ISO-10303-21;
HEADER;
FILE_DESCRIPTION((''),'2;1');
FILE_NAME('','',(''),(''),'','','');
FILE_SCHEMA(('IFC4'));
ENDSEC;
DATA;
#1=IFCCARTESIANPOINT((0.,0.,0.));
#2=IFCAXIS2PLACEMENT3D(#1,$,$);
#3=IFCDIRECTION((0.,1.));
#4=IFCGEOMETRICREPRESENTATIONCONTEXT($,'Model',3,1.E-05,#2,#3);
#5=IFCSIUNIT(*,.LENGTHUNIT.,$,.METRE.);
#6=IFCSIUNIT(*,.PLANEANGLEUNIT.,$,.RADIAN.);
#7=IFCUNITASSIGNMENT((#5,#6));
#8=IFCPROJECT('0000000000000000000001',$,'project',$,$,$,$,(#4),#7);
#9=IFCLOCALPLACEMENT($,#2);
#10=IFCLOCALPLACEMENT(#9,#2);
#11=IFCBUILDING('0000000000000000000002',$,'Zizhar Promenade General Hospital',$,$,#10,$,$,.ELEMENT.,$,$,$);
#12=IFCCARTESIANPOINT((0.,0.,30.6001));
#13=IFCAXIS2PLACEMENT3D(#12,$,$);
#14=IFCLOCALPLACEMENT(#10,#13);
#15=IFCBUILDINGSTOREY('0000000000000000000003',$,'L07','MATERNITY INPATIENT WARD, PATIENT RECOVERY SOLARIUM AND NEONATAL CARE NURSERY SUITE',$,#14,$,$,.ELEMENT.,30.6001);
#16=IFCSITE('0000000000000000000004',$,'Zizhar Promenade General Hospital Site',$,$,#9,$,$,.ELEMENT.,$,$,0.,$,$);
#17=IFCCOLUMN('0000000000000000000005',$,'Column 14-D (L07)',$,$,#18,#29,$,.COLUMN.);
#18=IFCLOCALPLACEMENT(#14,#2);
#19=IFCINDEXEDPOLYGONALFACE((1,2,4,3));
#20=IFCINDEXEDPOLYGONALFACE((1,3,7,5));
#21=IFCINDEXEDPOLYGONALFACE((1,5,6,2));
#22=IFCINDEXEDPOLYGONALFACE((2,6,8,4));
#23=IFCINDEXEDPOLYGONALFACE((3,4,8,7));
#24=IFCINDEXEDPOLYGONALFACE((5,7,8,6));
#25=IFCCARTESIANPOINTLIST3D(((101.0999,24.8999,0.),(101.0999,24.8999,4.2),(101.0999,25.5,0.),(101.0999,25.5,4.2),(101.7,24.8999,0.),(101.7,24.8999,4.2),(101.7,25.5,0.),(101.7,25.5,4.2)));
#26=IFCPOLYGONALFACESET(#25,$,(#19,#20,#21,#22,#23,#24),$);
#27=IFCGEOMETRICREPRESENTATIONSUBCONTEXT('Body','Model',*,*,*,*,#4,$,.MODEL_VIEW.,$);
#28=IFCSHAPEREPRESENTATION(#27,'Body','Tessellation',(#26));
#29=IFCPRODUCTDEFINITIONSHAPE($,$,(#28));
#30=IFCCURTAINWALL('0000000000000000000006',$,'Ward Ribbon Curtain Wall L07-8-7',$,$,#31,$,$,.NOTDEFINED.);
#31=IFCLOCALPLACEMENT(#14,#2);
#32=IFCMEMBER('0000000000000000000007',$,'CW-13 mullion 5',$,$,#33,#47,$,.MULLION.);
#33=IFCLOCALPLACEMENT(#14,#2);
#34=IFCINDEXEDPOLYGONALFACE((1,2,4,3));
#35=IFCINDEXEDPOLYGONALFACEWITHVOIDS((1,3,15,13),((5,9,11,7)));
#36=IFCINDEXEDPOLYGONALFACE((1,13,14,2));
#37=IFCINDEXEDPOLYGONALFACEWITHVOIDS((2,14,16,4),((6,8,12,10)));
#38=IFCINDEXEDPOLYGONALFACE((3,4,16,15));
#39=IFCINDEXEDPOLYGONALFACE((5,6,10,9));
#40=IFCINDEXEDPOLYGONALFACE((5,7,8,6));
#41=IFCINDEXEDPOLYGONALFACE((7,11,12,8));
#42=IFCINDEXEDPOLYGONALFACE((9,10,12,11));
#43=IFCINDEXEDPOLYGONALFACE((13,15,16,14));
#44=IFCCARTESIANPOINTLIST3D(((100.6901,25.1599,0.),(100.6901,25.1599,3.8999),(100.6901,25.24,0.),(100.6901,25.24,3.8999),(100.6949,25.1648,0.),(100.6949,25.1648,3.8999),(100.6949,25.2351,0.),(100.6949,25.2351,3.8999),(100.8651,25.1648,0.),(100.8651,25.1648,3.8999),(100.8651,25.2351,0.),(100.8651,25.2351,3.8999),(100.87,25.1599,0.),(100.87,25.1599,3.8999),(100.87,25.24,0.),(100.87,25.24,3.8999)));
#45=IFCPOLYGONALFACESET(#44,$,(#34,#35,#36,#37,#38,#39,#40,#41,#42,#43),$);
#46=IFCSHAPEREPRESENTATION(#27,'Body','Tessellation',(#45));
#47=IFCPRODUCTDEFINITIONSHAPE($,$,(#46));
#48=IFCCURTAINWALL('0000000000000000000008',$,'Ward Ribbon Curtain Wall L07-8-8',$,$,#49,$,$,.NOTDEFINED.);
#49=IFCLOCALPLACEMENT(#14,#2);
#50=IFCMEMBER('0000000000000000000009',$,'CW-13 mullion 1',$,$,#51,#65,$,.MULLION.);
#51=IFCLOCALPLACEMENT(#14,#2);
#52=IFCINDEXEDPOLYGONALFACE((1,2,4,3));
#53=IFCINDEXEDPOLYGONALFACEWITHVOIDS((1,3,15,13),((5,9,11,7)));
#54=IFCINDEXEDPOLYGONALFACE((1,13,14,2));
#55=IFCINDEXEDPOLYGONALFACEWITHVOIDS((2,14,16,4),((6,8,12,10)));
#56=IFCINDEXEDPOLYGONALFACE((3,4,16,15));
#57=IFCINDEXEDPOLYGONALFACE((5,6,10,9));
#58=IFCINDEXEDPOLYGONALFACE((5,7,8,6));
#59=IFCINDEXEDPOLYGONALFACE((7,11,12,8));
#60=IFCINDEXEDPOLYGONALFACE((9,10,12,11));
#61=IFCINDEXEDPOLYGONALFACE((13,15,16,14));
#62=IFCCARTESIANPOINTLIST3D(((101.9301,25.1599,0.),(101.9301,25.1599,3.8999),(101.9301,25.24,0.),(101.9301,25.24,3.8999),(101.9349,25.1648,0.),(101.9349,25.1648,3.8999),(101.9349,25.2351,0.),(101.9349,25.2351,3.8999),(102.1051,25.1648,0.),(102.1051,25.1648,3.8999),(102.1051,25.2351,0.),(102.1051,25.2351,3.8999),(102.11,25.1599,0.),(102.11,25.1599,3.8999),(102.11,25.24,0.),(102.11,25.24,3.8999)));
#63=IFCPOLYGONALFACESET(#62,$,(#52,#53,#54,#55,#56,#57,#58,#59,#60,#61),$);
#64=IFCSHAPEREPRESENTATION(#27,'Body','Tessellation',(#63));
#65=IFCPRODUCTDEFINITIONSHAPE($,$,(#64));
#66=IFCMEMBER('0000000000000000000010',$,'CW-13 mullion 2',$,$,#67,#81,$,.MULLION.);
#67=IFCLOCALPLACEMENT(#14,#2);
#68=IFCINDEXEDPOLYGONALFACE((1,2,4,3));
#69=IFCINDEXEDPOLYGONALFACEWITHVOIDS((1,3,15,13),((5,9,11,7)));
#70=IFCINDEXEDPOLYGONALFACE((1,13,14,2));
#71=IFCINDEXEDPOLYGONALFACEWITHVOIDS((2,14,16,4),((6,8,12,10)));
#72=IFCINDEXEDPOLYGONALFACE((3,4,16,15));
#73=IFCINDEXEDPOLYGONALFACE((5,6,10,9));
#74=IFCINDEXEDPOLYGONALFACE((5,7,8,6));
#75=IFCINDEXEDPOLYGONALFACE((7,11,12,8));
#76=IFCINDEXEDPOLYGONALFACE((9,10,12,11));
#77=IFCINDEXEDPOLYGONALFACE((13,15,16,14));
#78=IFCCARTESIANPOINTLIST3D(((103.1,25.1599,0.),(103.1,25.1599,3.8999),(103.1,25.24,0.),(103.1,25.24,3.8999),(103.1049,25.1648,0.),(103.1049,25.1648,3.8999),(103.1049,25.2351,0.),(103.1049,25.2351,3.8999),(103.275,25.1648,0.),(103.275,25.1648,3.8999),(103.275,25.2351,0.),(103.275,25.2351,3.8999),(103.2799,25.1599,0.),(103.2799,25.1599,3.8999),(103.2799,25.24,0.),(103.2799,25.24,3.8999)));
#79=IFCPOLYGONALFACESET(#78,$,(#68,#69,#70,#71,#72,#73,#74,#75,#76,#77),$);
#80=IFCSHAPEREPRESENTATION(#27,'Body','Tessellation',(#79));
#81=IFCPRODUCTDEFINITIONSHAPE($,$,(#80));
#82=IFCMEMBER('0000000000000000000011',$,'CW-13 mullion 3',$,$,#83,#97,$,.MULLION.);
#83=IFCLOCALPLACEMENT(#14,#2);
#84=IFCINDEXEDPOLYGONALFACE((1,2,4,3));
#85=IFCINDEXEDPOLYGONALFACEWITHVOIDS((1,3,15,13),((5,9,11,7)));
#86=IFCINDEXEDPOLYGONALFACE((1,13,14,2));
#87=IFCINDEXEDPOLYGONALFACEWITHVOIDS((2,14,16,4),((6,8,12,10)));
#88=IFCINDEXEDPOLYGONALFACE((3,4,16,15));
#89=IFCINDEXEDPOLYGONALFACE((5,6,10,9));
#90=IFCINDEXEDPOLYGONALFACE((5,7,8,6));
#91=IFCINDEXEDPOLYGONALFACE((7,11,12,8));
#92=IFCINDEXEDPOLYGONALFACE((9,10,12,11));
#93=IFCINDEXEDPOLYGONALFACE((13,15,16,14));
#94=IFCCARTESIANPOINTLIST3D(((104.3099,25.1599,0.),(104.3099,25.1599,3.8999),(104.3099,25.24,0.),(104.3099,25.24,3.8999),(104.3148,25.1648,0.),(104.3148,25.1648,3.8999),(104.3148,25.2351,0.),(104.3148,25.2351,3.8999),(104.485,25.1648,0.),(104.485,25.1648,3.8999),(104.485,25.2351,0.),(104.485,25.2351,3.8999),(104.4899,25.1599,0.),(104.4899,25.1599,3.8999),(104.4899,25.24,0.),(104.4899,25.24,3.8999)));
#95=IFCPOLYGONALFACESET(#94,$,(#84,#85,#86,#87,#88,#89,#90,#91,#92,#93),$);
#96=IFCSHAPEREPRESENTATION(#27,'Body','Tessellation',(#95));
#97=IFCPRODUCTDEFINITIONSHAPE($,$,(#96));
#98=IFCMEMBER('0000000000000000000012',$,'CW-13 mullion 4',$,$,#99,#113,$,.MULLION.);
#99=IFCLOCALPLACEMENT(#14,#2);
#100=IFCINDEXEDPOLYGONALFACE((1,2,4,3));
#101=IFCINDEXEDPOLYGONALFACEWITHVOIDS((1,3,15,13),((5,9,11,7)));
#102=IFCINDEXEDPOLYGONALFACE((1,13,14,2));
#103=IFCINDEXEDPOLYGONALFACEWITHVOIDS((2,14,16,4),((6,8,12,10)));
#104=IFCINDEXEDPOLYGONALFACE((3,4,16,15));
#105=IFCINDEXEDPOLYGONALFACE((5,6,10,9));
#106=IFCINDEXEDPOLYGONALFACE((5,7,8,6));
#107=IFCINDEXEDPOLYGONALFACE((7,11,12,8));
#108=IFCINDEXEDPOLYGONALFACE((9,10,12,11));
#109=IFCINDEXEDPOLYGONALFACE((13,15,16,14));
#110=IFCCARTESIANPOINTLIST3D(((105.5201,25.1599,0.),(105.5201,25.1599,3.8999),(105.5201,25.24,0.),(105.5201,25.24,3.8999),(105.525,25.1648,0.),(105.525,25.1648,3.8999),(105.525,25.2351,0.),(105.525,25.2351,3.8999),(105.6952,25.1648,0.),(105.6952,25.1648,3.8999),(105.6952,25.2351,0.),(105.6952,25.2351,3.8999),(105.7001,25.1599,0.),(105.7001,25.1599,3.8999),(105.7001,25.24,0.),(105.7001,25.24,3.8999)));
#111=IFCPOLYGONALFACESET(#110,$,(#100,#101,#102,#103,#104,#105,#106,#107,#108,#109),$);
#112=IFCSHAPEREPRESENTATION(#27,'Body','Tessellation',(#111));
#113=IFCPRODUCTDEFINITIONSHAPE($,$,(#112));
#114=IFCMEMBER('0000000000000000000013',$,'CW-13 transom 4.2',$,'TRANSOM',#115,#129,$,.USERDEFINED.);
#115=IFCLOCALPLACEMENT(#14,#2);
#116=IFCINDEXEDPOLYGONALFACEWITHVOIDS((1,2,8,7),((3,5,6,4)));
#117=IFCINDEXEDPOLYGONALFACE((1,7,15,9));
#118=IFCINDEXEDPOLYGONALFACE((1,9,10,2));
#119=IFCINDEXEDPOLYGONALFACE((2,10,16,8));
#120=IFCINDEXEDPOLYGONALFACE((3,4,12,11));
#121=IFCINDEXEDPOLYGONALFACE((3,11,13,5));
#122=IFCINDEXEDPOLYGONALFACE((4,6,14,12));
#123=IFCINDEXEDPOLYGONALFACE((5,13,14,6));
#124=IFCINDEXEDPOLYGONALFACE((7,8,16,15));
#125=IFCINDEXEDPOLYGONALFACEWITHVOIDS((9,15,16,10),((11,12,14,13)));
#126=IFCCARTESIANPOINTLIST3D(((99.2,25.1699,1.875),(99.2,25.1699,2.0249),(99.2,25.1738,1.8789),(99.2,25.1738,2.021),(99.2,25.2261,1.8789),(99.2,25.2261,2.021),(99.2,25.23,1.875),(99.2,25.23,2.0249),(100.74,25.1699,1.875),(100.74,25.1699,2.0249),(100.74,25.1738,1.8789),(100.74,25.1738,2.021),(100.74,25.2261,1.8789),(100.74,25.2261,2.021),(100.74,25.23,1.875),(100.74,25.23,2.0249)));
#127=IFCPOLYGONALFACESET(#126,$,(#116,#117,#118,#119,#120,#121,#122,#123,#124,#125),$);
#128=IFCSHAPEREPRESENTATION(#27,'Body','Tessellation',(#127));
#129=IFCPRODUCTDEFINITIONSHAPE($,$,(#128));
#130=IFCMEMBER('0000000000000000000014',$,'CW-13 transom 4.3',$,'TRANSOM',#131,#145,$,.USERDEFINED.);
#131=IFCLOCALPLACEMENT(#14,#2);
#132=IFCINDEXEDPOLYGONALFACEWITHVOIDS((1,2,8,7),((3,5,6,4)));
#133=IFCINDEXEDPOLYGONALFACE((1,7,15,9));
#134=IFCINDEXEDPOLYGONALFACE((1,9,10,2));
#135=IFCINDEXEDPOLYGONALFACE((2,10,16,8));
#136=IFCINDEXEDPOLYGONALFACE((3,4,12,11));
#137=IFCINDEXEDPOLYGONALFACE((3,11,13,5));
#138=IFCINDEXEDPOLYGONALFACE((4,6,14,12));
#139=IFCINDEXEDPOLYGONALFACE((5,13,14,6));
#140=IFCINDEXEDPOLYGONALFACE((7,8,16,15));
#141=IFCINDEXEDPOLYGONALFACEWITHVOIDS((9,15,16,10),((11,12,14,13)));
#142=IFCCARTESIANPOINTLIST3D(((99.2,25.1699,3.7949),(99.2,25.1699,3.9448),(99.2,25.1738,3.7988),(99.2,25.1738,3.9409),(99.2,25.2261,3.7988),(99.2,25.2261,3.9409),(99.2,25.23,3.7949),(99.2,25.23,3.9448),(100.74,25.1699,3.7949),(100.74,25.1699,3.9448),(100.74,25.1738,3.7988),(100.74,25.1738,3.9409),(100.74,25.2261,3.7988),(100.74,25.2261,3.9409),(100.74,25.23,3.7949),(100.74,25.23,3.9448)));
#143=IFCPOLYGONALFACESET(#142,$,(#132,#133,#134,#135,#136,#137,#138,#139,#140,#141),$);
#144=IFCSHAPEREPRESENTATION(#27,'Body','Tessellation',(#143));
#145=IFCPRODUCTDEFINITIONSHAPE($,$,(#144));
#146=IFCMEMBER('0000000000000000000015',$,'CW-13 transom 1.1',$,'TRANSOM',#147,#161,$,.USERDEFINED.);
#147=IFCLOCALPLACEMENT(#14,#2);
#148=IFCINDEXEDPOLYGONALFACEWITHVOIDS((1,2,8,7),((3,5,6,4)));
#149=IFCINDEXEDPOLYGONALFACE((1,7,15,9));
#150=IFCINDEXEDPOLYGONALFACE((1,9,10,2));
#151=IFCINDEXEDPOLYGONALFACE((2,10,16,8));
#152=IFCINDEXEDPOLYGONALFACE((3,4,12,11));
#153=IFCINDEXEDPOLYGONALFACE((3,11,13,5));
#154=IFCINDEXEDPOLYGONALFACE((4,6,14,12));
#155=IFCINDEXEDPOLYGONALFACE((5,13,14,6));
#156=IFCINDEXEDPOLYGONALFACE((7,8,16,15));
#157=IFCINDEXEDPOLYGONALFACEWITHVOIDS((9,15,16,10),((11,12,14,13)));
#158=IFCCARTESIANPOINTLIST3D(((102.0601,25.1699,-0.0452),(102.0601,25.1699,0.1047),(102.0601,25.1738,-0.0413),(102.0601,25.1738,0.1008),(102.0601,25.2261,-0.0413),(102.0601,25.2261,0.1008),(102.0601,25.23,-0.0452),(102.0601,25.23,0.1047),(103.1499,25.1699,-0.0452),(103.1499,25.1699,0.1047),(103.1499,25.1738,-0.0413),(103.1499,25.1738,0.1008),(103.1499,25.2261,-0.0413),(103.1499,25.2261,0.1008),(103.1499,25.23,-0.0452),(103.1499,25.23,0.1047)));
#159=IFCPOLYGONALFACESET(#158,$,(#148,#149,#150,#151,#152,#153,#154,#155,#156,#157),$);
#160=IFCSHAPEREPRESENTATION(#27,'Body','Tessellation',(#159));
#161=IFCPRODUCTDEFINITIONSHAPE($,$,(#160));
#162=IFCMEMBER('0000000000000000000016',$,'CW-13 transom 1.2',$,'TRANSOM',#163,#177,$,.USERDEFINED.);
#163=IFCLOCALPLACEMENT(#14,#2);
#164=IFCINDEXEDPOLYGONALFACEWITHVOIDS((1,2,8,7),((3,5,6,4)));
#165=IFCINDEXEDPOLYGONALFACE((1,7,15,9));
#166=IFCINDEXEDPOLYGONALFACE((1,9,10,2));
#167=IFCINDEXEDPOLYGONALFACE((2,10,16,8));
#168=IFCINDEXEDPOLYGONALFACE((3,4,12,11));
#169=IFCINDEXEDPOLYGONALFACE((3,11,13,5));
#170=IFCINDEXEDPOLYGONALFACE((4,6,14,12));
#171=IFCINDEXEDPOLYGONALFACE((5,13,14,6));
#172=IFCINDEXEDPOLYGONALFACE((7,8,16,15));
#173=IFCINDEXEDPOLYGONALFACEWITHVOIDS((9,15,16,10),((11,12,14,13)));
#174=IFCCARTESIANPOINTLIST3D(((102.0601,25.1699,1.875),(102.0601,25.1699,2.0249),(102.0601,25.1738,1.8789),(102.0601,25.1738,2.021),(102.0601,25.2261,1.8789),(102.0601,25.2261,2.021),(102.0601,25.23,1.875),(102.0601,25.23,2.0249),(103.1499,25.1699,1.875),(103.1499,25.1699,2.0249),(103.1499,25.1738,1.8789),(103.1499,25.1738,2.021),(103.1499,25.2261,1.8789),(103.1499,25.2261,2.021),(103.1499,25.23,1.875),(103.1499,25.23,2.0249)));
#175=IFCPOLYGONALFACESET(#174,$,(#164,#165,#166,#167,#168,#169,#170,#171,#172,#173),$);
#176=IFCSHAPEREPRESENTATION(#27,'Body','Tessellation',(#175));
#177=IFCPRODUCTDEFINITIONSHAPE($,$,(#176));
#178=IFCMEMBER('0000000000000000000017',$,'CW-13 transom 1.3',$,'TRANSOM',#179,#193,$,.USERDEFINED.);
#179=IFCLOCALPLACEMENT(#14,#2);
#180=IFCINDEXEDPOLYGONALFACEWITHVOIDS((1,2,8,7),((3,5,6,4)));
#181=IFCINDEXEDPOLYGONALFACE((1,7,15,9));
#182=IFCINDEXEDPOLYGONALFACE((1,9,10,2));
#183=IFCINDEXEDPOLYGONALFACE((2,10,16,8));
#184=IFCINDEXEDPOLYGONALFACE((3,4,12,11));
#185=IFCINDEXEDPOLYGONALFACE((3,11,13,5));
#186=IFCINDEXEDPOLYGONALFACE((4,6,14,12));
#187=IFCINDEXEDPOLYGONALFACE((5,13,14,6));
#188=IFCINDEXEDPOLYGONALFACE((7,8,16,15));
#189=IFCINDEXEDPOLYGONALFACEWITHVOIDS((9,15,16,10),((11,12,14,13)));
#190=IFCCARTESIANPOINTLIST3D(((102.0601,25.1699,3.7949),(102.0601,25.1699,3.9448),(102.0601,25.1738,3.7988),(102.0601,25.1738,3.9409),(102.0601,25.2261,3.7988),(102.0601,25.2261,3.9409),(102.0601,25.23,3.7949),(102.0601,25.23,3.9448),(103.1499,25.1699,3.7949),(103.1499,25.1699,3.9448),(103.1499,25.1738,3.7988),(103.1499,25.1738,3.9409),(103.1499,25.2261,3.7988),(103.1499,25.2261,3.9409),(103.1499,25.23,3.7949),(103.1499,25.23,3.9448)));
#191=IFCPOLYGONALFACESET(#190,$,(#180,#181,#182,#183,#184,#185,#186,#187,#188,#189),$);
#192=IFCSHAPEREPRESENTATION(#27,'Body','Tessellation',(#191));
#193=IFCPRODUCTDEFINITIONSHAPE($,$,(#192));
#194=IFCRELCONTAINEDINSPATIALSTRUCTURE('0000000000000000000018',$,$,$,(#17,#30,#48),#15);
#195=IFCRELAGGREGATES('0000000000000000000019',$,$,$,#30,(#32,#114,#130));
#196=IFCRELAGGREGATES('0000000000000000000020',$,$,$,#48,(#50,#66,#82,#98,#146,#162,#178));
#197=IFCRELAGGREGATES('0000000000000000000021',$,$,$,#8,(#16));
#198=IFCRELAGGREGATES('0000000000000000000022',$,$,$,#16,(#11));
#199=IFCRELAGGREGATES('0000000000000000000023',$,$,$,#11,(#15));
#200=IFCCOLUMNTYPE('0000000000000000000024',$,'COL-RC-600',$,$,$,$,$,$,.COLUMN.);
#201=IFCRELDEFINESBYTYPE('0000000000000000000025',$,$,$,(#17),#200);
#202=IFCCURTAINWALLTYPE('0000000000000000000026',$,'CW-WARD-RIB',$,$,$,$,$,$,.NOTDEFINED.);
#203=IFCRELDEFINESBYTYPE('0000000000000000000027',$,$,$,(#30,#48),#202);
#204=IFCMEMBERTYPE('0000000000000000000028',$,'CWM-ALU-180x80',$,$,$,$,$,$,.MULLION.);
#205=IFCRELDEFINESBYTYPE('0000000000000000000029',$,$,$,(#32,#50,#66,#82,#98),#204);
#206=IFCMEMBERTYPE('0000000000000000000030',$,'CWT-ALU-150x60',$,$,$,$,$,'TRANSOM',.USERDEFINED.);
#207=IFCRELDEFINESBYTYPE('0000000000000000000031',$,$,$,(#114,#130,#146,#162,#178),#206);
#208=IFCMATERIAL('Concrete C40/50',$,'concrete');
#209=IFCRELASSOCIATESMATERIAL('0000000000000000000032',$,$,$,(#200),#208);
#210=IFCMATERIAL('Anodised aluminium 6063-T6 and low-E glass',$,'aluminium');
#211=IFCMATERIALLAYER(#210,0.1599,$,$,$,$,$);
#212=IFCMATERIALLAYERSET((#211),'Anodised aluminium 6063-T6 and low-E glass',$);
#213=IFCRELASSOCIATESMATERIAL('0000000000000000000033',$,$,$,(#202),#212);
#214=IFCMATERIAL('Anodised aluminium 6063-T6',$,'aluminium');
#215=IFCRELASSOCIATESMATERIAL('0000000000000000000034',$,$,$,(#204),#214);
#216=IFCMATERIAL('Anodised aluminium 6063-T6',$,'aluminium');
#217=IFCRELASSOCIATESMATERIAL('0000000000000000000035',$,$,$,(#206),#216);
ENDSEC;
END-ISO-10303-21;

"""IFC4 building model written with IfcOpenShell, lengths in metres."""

from ifc_helpers import new_model, si_unit, direction, frame, origin, origin_2d, place, context, subcontext, project, spatial, rectangle, hollow_rectangle, extrude, material, layer, layer_set, material_profile, profile_set, type_object, element, aggregate, save


model = new_model("IFC4")

# Units and contexts
model_context = context("Model", 3, precision=1e-05, world=origin(), true_north=direction((0.0, 1.0)))
body_context = subcontext(model_context, "Body", "Model", "MODEL_VIEW")
ifc_project = project(units=[si_unit("LENGTHUNIT", "METRE"), si_unit("PLANEANGLEUNIT", "RADIAN")], contexts=[model_context])

# Site, building, storey
site_placement = place(None, origin())
site = spatial("IfcSite", under=ifc_project, at=site_placement, Name="Zizhar Promenade General Hospital Site", CompositionType="ELEMENT", RefElevation=0.0)
building_placement = place(site_placement, origin())
building = spatial("IfcBuilding", under=site, at=building_placement, Name="Zizhar Promenade General Hospital", CompositionType="ELEMENT")
storey_placement = place(building_placement, frame((0.0, 0.0, 30.6001)))
storey = spatial("IfcBuildingStorey", under=building, at=storey_placement, Name="L07", Description="MATERNITY INPATIENT WARD, PATIENT RECOVERY SOLARIUM AND NEONATAL CARE NURSERY SUITE", CompositionType="ELEMENT", Elevation=30.6001)

# Column
ifc_material_1 = material(Name="Concrete C40/50", Category="concrete")
ifc_material_profile_1 = material_profile(ifc_material_1, rectangle(XDim=0.6001, YDim=0.6001, at=origin_2d()))
ifc_profile_set_1 = profile_set([ifc_material_profile_1], Name="Concrete C40/50")
column_type = type_object("IfcColumnType", Name="COL-RC-600", PredefinedType="COLUMN", material=ifc_profile_set_1)
column_placement = place(storey_placement, frame((101.3999, 25.2, 0.0), z_axis=(0.0, 0.0, 1.0), x_axis=(1.0, 0.0, 0.0)))
element("IfcColumn", 1, at=column_placement, inside=storey, type_object=column_type, Name="Column 14-D (L07)", PredefinedType="COLUMN", context=body_context, shape_type="SweptSolid", body=[
    extrude(rectangle(XDim=0.6001, YDim=0.6001, at=origin_2d()), origin(), (0.0, 0.0, 1.0), 4.2),
])

# Curtain wall, member
ifc_material_2 = material(Name="Anodised aluminium 6063-T6 and low-E glass", Category="aluminium")
ifc_layer_1 = layer(ifc_material_2, 0.1599)
ifc_layer_set_1 = layer_set([ifc_layer_1], Name="Anodised aluminium 6063-T6 and low-E glass")
curtain_wall_type = type_object("IfcCurtainWallType", Name="CW-WARD-RIB", PredefinedType="NOTDEFINED", material=ifc_layer_set_1)
curtain_wall_1_placement = place(storey_placement, origin())
curtain_wall_1 = element("IfcCurtainWall", 2, at=curtain_wall_1_placement, inside=storey, type_object=curtain_wall_type, Name="Ward Ribbon Curtain Wall L07-8-7", PredefinedType="NOTDEFINED")
ifc_material_3 = material(Name="Anodised aluminium 6063-T6", Category="aluminium")
ifc_material_profile_2 = material_profile(ifc_material_3, hollow_rectangle(XDim=0.0801, YDim=0.1799, WallThickness=0.0049, at=origin_2d()))
ifc_profile_set_2 = profile_set([ifc_material_profile_2], Name="Anodised aluminium 6063-T6")
member_type_1 = type_object("IfcMemberType", Name="CWM-ALU-180x80", PredefinedType="MULLION", material=ifc_profile_set_2)
member_1_placement = place(storey_placement, frame((100.78, 25.2, 0.0), z_axis=(0.0, 0.0, 1.0), x_axis=(0.0, 1.0, 0.0)))
member_1 = element("IfcMember", 3, at=member_1_placement, type_object=member_type_1, Name="CW-13 mullion 5", PredefinedType="MULLION", context=body_context, shape_type="SweptSolid", body=[
    extrude(hollow_rectangle(XDim=0.0801, YDim=0.1799, WallThickness=0.0049, at=origin_2d()), origin(), (0.0, 0.0, 1.0), 3.8999),
])

# Curtain wall, members
curtain_wall_2_placement = place(storey_placement, origin())
curtain_wall_2 = element("IfcCurtainWall", 4, at=curtain_wall_2_placement, inside=storey, type_object=curtain_wall_type, Name="Ward Ribbon Curtain Wall L07-8-8", PredefinedType="NOTDEFINED")
member_2_placement = place(storey_placement, frame((102.02, 25.2, 0.0), z_axis=(0.0, 0.0, 1.0), x_axis=(0.0, 1.0, 0.0)))
member_2 = element("IfcMember", 5, at=member_2_placement, type_object=member_type_1, Name="CW-13 mullion 1", PredefinedType="MULLION", context=body_context, shape_type="SweptSolid", body=[
    extrude(hollow_rectangle(XDim=0.0801, YDim=0.1799, WallThickness=0.0049, at=origin_2d()), origin(), (0.0, 0.0, 1.0), 3.8999),
])
member_3_placement = place(storey_placement, frame((103.1899, 25.2, 0.0), z_axis=(0.0, 0.0, 1.0), x_axis=(0.0, 1.0, 0.0)))
member_3 = element("IfcMember", 6, at=member_3_placement, type_object=member_type_1, Name="CW-13 mullion 2", PredefinedType="MULLION", context=body_context, shape_type="SweptSolid", body=[
    extrude(hollow_rectangle(XDim=0.0801, YDim=0.1799, WallThickness=0.0049, at=origin_2d()), origin(), (0.0, 0.0, 1.0), 3.8999),
])
member_4_placement = place(storey_placement, frame((104.3999, 25.2, 0.0), z_axis=(0.0, 0.0, 1.0), x_axis=(0.0, 1.0, 0.0)))
member_4 = element("IfcMember", 7, at=member_4_placement, type_object=member_type_1, Name="CW-13 mullion 3", PredefinedType="MULLION", context=body_context, shape_type="SweptSolid", body=[
    extrude(hollow_rectangle(XDim=0.0801, YDim=0.1799, WallThickness=0.0049, at=origin_2d()), origin(), (0.0, 0.0, 1.0), 3.8999),
])
member_5_placement = place(storey_placement, frame((105.6101, 25.2, 0.0), z_axis=(0.0, 0.0, 1.0), x_axis=(0.0, 1.0, 0.0)))
member_5 = element("IfcMember", 8, at=member_5_placement, type_object=member_type_1, Name="CW-13 mullion 4", PredefinedType="MULLION", context=body_context, shape_type="SweptSolid", body=[
    extrude(hollow_rectangle(XDim=0.0801, YDim=0.1799, WallThickness=0.0049, at=origin_2d()), origin(), (0.0, 0.0, 1.0), 3.8999),
])

# Members
ifc_material_4 = material(Name="Anodised aluminium 6063-T6", Category="aluminium")
ifc_material_profile_3 = material_profile(ifc_material_4, hollow_rectangle(XDim=0.0601, YDim=0.1499, WallThickness=0.0039, at=origin_2d()))
ifc_profile_set_3 = profile_set([ifc_material_profile_3], Name="Anodised aluminium 6063-T6")
member_type_2 = type_object("IfcMemberType", Name="CWT-ALU-150x60", ElementType="TRANSOM", PredefinedType="USERDEFINED", material=ifc_profile_set_3)
member_6_placement = place(storey_placement, frame((99.2, 25.2, 1.95), z_axis=(1.0, 0.0, 0.0), x_axis=(0.0, 1.0, 0.0)))
member_6 = element("IfcMember", 9, at=member_6_placement, type_object=member_type_2, Name="CW-13 transom 4.2", ObjectType="TRANSOM", PredefinedType="USERDEFINED", context=body_context, shape_type="SweptSolid", body=[
    extrude(hollow_rectangle(XDim=0.0601, YDim=0.1499, WallThickness=0.0039, at=origin_2d()), origin(), (0.0, 0.0, 1.0), 1.54),
])
member_7_placement = place(storey_placement, frame((99.2, 25.2, 3.8699), z_axis=(1.0, 0.0, 0.0), x_axis=(0.0, 1.0, 0.0)))
member_7 = element("IfcMember", 10, at=member_7_placement, type_object=member_type_2, Name="CW-13 transom 4.3", ObjectType="TRANSOM", PredefinedType="USERDEFINED", context=body_context, shape_type="SweptSolid", body=[
    extrude(hollow_rectangle(XDim=0.0601, YDim=0.1499, WallThickness=0.0039, at=origin_2d()), origin(), (0.0, 0.0, 1.0), 1.54),
])
member_8_placement = place(storey_placement, frame((102.0601, 25.2, 0.0298), z_axis=(1.0, 0.0, 0.0), x_axis=(0.0, 1.0, 0.0)))
member_8 = element("IfcMember", 11, at=member_8_placement, type_object=member_type_2, Name="CW-13 transom 1.1", ObjectType="TRANSOM", PredefinedType="USERDEFINED", context=body_context, shape_type="SweptSolid", body=[
    extrude(hollow_rectangle(XDim=0.0601, YDim=0.1499, WallThickness=0.0039, at=origin_2d()), origin(), (0.0, 0.0, 1.0), 1.0898),
])
member_9_placement = place(storey_placement, frame((102.0601, 25.2, 1.95), z_axis=(1.0, 0.0, 0.0), x_axis=(0.0, 1.0, 0.0)))
member_9 = element("IfcMember", 12, at=member_9_placement, type_object=member_type_2, Name="CW-13 transom 1.2", ObjectType="TRANSOM", PredefinedType="USERDEFINED", context=body_context, shape_type="SweptSolid", body=[
    extrude(hollow_rectangle(XDim=0.0601, YDim=0.1499, WallThickness=0.0039, at=origin_2d()), origin(), (0.0, 0.0, 1.0), 1.0898),
])
member_10_placement = place(storey_placement, frame((102.0601, 25.2, 3.8699), z_axis=(1.0, 0.0, 0.0), x_axis=(0.0, 1.0, 0.0)))
member_10 = element("IfcMember", 13, at=member_10_placement, type_object=member_type_2, Name="CW-13 transom 1.3", ObjectType="TRANSOM", PredefinedType="USERDEFINED", context=body_context, shape_type="SweptSolid", body=[
    extrude(hollow_rectangle(XDim=0.0601, YDim=0.1499, WallThickness=0.0039, at=origin_2d()), origin(), (0.0, 0.0, 1.0), 1.0898),
])

aggregate(curtain_wall_1, [member_1, member_6, member_7])
aggregate(curtain_wall_2, [member_2, member_3, member_4, member_5, member_8, member_9, member_10])

save(model, "model.ifc")
